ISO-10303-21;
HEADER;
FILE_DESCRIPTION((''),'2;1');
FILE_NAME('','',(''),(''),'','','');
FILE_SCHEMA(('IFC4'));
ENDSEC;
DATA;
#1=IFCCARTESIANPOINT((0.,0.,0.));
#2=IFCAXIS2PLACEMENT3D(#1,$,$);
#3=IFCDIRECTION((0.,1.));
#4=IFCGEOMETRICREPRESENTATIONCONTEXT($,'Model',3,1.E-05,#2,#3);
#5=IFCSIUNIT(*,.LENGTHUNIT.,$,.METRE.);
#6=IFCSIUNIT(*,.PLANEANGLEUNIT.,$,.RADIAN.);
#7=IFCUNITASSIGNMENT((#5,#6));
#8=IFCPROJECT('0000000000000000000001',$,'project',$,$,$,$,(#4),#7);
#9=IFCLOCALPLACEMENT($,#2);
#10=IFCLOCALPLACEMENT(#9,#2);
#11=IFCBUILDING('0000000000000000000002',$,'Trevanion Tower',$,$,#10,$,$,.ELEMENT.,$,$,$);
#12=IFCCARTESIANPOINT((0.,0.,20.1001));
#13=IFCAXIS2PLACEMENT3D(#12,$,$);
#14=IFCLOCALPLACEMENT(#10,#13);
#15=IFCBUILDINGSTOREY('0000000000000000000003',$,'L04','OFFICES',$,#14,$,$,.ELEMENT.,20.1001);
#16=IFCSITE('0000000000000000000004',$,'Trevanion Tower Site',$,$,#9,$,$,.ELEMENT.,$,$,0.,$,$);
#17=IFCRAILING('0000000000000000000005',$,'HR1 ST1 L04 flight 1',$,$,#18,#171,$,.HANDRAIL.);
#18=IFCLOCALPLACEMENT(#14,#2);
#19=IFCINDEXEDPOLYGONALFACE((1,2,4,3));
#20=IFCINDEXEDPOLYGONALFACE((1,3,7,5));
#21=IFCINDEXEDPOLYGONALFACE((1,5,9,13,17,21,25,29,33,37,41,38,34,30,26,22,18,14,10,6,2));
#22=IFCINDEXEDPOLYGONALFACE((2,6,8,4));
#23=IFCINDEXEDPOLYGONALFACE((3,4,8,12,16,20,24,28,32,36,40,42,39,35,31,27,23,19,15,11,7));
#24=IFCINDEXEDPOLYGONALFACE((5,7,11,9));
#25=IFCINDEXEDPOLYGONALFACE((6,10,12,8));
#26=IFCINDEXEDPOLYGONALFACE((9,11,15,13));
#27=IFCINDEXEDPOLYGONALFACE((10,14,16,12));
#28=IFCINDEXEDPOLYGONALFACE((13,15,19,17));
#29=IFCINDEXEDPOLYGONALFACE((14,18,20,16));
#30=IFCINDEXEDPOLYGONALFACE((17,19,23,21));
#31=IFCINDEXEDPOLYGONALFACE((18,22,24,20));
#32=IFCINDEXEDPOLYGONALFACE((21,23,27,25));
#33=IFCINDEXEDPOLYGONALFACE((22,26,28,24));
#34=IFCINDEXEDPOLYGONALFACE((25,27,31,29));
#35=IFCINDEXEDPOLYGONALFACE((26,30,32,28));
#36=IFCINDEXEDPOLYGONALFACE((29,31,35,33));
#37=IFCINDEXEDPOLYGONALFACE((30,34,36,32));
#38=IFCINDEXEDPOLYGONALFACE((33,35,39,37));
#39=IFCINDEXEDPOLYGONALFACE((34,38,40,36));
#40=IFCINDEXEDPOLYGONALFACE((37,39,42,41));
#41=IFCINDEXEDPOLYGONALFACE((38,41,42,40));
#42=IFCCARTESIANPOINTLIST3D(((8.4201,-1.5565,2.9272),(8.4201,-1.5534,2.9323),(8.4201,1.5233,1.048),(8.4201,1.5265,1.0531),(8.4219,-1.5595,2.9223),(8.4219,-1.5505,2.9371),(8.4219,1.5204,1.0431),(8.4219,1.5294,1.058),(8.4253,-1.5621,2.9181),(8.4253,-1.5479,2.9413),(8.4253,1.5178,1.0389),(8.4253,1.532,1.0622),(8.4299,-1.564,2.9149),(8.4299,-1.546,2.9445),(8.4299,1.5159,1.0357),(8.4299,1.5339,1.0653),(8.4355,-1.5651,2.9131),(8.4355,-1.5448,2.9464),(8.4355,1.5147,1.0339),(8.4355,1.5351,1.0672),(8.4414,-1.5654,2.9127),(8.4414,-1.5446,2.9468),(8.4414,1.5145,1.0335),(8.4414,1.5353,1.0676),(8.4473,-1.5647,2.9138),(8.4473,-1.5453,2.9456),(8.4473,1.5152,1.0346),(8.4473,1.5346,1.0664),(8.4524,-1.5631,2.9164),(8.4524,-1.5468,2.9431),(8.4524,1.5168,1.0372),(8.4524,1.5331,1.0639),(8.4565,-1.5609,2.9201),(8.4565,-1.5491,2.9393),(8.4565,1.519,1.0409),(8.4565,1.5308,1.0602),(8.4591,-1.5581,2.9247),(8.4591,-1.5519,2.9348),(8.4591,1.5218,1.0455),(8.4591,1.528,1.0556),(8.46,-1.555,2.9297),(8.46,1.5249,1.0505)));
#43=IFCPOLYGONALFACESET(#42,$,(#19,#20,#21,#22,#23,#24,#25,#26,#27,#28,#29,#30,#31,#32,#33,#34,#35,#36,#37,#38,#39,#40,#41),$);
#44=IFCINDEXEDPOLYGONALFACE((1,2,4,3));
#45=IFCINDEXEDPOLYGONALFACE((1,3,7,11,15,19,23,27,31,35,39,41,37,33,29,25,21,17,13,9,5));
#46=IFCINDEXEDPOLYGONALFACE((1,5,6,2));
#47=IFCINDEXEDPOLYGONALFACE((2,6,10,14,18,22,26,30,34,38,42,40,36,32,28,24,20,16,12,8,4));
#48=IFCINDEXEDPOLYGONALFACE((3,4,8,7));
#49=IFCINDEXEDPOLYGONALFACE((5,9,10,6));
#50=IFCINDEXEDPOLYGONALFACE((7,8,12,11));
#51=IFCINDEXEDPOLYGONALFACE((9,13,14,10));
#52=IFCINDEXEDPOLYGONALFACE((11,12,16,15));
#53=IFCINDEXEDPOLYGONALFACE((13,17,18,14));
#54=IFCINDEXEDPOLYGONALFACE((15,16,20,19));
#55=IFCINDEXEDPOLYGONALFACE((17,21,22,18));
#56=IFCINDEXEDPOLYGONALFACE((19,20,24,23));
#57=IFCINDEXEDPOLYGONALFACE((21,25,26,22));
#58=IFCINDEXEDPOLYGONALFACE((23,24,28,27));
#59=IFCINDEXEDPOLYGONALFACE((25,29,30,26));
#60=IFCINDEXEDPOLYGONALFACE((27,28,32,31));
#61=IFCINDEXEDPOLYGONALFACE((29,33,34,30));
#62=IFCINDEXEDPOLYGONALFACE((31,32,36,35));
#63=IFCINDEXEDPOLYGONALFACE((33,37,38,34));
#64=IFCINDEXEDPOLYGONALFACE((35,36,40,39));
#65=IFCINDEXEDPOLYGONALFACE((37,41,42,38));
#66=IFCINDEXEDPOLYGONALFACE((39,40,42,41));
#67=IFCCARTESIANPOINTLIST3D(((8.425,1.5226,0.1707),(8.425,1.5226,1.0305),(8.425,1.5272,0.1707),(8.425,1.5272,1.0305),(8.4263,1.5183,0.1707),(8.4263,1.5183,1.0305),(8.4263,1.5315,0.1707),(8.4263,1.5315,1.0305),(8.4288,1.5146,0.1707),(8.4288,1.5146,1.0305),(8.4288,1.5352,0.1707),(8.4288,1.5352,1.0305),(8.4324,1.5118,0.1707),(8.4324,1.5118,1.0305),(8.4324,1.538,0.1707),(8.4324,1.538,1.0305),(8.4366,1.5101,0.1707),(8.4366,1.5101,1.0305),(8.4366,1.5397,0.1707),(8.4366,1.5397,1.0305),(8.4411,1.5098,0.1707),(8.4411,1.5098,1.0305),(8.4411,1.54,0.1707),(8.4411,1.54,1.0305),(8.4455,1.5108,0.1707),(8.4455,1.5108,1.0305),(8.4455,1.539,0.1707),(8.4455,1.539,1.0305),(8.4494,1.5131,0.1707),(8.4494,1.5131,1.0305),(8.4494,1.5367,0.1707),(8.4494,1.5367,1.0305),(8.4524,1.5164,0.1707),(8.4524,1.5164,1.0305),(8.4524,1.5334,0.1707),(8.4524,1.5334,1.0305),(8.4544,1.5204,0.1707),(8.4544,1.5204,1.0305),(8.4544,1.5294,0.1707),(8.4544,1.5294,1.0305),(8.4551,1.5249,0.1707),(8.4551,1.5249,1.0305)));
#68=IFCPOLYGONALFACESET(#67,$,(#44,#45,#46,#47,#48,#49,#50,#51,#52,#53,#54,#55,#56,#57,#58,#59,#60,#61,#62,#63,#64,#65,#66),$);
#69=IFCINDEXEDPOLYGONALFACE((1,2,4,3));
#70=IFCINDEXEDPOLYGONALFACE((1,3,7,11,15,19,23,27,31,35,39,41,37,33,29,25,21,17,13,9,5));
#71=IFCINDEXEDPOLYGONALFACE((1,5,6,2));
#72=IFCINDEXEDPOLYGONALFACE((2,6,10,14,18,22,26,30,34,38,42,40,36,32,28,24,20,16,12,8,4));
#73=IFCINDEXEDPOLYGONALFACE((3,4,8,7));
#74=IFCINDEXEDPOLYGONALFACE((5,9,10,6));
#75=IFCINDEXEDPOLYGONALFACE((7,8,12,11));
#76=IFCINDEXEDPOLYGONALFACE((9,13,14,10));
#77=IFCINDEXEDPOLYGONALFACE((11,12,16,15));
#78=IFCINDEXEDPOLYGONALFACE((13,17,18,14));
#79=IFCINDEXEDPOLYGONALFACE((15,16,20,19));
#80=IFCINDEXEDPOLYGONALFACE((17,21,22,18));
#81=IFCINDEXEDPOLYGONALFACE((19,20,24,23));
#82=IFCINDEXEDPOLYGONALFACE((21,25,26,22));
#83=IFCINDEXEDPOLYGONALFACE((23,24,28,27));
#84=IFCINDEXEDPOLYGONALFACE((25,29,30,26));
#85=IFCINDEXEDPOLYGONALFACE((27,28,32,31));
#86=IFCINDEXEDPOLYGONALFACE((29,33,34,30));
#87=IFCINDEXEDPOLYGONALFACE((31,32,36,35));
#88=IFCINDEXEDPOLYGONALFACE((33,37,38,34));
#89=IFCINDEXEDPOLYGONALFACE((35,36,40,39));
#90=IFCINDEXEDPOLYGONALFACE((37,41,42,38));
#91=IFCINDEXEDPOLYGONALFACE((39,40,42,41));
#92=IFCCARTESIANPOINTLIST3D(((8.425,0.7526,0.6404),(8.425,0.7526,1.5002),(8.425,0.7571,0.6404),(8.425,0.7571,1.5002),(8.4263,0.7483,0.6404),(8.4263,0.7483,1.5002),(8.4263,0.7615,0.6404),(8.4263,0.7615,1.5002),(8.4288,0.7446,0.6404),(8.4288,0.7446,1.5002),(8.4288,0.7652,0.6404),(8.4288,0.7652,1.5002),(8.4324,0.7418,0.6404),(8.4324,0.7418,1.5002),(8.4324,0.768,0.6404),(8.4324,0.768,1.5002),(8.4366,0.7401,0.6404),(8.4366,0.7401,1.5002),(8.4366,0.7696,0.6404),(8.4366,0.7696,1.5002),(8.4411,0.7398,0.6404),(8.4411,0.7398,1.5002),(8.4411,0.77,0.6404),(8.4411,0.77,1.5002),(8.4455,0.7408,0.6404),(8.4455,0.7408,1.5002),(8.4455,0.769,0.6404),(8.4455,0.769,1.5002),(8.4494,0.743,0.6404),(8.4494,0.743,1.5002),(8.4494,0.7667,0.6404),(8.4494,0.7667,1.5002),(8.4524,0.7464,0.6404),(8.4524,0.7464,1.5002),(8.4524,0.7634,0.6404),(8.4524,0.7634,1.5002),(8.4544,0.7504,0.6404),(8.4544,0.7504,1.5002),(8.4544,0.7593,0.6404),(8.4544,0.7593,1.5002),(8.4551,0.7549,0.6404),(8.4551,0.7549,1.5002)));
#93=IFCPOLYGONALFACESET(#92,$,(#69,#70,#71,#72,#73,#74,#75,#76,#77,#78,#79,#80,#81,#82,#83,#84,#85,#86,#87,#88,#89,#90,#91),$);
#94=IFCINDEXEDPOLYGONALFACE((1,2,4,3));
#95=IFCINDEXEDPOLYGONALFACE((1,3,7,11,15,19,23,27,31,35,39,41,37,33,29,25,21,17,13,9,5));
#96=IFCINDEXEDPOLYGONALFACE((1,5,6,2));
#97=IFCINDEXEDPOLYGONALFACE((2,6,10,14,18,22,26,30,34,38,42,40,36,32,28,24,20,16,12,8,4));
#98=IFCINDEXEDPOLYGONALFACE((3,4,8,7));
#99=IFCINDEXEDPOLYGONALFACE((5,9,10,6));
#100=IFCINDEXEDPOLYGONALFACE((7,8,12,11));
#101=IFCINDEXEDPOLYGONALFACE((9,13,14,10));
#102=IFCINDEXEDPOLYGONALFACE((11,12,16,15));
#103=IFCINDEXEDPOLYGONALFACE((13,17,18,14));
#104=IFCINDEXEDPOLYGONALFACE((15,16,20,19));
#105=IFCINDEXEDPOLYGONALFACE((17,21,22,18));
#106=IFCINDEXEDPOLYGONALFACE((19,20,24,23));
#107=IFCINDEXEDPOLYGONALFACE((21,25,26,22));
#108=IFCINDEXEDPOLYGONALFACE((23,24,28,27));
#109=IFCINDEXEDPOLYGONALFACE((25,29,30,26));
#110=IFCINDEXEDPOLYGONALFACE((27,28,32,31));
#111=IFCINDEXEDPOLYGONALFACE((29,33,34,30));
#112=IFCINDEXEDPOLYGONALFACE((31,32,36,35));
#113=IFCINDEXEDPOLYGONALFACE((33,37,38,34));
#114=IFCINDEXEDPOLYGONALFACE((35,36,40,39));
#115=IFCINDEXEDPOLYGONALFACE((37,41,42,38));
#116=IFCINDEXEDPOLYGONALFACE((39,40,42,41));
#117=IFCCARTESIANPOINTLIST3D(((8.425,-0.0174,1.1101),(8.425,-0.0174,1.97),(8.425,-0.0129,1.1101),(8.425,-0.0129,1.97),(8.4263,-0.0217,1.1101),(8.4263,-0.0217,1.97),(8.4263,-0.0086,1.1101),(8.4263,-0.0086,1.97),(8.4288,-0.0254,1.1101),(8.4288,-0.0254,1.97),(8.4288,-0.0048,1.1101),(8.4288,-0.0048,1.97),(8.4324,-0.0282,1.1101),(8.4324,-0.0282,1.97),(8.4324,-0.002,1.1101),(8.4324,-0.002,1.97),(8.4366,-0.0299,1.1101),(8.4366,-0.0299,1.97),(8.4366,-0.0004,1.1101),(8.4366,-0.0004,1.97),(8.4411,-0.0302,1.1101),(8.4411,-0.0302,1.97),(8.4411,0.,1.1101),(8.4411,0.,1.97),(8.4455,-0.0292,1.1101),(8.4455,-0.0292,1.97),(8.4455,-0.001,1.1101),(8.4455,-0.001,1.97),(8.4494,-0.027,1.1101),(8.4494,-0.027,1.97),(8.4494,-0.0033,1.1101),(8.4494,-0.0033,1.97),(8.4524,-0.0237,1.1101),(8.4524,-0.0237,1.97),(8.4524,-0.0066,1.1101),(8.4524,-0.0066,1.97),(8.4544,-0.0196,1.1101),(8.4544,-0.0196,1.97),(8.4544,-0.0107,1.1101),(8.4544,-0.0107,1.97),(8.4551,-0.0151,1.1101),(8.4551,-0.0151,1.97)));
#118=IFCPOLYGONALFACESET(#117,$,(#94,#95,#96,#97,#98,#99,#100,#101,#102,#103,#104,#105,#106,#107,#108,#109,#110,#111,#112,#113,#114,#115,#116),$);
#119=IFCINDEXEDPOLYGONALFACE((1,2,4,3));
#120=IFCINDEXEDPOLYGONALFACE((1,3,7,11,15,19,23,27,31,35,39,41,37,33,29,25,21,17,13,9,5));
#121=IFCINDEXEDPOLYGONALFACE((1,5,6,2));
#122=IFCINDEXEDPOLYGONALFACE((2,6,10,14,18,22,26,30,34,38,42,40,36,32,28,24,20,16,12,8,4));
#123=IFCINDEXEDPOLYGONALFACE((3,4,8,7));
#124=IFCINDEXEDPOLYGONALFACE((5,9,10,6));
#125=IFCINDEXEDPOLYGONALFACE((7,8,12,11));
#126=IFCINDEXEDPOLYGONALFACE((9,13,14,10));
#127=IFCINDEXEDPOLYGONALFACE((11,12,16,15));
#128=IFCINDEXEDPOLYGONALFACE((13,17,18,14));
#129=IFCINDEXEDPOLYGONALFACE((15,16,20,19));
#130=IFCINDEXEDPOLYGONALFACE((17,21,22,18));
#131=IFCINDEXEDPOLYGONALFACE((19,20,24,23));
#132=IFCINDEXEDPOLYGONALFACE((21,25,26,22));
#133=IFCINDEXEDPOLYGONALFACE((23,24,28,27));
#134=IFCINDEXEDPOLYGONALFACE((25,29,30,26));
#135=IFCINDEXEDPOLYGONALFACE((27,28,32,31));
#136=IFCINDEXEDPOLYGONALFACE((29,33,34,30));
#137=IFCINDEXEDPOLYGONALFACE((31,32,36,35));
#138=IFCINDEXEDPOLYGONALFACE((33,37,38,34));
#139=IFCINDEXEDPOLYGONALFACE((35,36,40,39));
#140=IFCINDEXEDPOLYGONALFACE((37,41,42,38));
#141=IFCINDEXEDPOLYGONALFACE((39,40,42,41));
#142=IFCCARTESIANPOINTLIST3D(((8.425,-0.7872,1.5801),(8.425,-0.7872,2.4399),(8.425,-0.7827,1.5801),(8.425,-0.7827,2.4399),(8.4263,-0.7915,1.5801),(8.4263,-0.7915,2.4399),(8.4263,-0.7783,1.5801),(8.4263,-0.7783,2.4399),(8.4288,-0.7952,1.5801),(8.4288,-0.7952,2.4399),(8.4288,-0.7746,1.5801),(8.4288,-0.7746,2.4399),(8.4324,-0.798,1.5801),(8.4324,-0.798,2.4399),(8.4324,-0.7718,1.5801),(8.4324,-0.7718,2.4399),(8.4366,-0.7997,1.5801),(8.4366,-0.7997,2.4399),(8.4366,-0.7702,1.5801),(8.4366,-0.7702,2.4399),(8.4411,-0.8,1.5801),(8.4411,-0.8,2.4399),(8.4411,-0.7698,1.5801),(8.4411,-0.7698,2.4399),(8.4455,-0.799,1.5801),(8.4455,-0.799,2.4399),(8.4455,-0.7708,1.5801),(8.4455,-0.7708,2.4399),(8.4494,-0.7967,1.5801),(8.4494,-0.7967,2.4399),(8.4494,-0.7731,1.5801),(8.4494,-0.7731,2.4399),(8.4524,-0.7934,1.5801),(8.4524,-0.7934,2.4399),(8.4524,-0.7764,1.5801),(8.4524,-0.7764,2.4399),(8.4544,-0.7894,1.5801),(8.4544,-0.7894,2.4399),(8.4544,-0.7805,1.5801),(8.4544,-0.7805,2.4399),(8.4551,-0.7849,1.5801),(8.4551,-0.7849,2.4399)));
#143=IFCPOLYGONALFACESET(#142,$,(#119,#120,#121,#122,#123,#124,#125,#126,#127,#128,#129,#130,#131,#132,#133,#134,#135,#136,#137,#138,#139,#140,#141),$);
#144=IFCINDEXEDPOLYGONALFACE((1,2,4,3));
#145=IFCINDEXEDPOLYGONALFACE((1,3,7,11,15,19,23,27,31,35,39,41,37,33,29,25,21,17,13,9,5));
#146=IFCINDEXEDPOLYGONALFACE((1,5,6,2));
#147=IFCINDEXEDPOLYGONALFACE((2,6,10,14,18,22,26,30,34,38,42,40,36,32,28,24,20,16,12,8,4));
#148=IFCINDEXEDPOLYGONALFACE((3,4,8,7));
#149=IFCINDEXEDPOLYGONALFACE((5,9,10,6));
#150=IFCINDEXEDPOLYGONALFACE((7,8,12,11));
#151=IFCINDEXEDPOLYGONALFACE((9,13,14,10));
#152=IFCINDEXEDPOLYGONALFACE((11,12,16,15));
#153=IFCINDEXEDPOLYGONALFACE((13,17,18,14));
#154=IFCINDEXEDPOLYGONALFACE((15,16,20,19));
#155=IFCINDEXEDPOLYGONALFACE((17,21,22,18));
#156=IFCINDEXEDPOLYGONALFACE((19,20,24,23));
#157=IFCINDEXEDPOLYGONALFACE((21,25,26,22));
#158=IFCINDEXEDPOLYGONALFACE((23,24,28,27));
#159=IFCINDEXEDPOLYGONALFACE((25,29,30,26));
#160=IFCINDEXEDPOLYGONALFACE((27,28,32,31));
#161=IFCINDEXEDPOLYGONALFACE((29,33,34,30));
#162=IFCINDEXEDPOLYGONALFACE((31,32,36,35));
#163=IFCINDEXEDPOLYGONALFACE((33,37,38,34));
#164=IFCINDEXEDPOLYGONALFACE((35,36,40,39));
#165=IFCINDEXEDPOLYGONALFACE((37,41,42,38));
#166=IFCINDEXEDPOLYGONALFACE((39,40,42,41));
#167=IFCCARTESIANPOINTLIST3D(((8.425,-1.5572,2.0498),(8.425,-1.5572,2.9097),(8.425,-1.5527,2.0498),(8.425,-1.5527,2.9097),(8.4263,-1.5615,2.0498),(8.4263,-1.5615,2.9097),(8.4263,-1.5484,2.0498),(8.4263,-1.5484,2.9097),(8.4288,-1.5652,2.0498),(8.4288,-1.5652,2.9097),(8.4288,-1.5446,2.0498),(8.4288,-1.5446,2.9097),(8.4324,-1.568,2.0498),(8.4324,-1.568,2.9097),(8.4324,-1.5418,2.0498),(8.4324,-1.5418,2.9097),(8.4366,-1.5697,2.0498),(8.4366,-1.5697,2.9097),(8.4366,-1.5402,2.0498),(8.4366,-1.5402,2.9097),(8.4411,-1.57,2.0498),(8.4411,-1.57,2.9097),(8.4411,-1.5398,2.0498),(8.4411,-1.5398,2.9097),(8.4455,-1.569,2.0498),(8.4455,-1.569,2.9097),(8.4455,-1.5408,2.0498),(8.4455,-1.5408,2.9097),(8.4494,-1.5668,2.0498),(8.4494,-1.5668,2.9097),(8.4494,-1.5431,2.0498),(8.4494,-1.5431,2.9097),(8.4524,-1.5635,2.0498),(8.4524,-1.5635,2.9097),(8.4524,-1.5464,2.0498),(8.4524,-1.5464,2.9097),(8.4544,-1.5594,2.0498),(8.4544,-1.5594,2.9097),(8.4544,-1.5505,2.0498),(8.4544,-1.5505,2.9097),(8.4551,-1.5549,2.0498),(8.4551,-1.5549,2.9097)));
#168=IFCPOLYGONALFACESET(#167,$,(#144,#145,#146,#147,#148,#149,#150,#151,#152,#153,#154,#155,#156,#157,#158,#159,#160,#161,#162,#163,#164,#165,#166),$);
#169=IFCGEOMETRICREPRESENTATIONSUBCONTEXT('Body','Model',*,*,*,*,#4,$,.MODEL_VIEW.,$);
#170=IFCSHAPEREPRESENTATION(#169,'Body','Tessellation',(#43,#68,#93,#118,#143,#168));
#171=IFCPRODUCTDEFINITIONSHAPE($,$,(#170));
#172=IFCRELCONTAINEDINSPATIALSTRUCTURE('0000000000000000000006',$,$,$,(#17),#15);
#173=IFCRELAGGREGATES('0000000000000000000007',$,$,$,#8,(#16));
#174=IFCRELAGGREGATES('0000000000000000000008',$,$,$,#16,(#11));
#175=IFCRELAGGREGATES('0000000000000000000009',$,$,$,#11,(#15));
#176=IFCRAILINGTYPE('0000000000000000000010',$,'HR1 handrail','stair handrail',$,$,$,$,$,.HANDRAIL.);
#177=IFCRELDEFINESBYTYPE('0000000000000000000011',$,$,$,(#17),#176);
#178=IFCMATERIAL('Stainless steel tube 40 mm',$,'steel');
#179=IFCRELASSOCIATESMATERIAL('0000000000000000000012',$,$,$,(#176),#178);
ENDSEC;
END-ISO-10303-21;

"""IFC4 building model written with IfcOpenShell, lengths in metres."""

from ifc_helpers import new_model, si_unit, direction, frame, origin, origin_2d, place, context, subcontext, project, spatial, circle, extrude, material, type_object, element, save


model = new_model("IFC4")

# Units and contexts
model_context = context("Model", 3, precision=1e-05, world=origin(), true_north=direction((0.0, 1.0)))
body_context = subcontext(model_context, "Body", "Model", "MODEL_VIEW")
ifc_project = project(units=[si_unit("LENGTHUNIT", "METRE"), si_unit("PLANEANGLEUNIT", "RADIAN")], contexts=[model_context])

# Site, building, storey
site_placement = place(None, origin())
site = spatial("IfcSite", under=ifc_project, at=site_placement, Name="Trevanion Tower Site", CompositionType="ELEMENT", RefElevation=0.0)
building_placement = place(site_placement, origin())
building = spatial("IfcBuilding", under=site, at=building_placement, Name="Trevanion Tower", CompositionType="ELEMENT")
storey_placement = place(building_placement, frame((0.0, 0.0, 20.1001)))
storey = spatial("IfcBuildingStorey", under=building, at=storey_placement, Name="L04", Description="OFFICES", CompositionType="ELEMENT", Elevation=20.1001)

# Railing
ifc_material_1 = material(Name="Stainless steel tube 40 mm", Category="steel")
railing_type = type_object("IfcRailingType", Name="HR1 handrail", Description="stair handrail", PredefinedType="HANDRAIL", material=ifc_material_1)
for number, where, name in (
    (1, (8.4399, 1.5249, 0.1707), "HR1 ST1 L04 flight 1"),
):
    element("IfcRailing", number, at=place(storey_placement, frame(where)), inside=storey, type_object=railing_type, Name=name, PredefinedType="HANDRAIL", context=body_context, shape_type="SweptSolid", body=[
        extrude(circle(Radius=0.02, at=origin_2d()), frame((0.0, 0.0, 0.8799), z_axis=(0.0, -0.853648, 0.52085), x_axis=(1.0, 0.0, 0.0)), (0.0, 0.0, 1.0), 3.6079),
        extrude(circle(Radius=0.0151, at=origin_2d()), origin(), (0.0, 0.0, 1.0), 0.8599),
        extrude(circle(Radius=0.0151, at=origin_2d()), frame((0.0, -0.77, 0.4697)), (0.0, 0.0, 1.0), 0.8599),
        extrude(circle(Radius=0.0151, at=origin_2d()), frame((0.0, -1.54, 0.9395)), (0.0, 0.0, 1.0), 0.8599),
        extrude(circle(Radius=0.0151, at=origin_2d()), frame((0.0, -2.3098, 1.4094)), (0.0, 0.0, 1.0), 0.8599),
        extrude(circle(Radius=0.0151, at=origin_2d()), frame((0.0, -3.0798, 1.8792)), (0.0, 0.0, 1.0), 0.8599),
    ])

save(model, "model.ifc")
